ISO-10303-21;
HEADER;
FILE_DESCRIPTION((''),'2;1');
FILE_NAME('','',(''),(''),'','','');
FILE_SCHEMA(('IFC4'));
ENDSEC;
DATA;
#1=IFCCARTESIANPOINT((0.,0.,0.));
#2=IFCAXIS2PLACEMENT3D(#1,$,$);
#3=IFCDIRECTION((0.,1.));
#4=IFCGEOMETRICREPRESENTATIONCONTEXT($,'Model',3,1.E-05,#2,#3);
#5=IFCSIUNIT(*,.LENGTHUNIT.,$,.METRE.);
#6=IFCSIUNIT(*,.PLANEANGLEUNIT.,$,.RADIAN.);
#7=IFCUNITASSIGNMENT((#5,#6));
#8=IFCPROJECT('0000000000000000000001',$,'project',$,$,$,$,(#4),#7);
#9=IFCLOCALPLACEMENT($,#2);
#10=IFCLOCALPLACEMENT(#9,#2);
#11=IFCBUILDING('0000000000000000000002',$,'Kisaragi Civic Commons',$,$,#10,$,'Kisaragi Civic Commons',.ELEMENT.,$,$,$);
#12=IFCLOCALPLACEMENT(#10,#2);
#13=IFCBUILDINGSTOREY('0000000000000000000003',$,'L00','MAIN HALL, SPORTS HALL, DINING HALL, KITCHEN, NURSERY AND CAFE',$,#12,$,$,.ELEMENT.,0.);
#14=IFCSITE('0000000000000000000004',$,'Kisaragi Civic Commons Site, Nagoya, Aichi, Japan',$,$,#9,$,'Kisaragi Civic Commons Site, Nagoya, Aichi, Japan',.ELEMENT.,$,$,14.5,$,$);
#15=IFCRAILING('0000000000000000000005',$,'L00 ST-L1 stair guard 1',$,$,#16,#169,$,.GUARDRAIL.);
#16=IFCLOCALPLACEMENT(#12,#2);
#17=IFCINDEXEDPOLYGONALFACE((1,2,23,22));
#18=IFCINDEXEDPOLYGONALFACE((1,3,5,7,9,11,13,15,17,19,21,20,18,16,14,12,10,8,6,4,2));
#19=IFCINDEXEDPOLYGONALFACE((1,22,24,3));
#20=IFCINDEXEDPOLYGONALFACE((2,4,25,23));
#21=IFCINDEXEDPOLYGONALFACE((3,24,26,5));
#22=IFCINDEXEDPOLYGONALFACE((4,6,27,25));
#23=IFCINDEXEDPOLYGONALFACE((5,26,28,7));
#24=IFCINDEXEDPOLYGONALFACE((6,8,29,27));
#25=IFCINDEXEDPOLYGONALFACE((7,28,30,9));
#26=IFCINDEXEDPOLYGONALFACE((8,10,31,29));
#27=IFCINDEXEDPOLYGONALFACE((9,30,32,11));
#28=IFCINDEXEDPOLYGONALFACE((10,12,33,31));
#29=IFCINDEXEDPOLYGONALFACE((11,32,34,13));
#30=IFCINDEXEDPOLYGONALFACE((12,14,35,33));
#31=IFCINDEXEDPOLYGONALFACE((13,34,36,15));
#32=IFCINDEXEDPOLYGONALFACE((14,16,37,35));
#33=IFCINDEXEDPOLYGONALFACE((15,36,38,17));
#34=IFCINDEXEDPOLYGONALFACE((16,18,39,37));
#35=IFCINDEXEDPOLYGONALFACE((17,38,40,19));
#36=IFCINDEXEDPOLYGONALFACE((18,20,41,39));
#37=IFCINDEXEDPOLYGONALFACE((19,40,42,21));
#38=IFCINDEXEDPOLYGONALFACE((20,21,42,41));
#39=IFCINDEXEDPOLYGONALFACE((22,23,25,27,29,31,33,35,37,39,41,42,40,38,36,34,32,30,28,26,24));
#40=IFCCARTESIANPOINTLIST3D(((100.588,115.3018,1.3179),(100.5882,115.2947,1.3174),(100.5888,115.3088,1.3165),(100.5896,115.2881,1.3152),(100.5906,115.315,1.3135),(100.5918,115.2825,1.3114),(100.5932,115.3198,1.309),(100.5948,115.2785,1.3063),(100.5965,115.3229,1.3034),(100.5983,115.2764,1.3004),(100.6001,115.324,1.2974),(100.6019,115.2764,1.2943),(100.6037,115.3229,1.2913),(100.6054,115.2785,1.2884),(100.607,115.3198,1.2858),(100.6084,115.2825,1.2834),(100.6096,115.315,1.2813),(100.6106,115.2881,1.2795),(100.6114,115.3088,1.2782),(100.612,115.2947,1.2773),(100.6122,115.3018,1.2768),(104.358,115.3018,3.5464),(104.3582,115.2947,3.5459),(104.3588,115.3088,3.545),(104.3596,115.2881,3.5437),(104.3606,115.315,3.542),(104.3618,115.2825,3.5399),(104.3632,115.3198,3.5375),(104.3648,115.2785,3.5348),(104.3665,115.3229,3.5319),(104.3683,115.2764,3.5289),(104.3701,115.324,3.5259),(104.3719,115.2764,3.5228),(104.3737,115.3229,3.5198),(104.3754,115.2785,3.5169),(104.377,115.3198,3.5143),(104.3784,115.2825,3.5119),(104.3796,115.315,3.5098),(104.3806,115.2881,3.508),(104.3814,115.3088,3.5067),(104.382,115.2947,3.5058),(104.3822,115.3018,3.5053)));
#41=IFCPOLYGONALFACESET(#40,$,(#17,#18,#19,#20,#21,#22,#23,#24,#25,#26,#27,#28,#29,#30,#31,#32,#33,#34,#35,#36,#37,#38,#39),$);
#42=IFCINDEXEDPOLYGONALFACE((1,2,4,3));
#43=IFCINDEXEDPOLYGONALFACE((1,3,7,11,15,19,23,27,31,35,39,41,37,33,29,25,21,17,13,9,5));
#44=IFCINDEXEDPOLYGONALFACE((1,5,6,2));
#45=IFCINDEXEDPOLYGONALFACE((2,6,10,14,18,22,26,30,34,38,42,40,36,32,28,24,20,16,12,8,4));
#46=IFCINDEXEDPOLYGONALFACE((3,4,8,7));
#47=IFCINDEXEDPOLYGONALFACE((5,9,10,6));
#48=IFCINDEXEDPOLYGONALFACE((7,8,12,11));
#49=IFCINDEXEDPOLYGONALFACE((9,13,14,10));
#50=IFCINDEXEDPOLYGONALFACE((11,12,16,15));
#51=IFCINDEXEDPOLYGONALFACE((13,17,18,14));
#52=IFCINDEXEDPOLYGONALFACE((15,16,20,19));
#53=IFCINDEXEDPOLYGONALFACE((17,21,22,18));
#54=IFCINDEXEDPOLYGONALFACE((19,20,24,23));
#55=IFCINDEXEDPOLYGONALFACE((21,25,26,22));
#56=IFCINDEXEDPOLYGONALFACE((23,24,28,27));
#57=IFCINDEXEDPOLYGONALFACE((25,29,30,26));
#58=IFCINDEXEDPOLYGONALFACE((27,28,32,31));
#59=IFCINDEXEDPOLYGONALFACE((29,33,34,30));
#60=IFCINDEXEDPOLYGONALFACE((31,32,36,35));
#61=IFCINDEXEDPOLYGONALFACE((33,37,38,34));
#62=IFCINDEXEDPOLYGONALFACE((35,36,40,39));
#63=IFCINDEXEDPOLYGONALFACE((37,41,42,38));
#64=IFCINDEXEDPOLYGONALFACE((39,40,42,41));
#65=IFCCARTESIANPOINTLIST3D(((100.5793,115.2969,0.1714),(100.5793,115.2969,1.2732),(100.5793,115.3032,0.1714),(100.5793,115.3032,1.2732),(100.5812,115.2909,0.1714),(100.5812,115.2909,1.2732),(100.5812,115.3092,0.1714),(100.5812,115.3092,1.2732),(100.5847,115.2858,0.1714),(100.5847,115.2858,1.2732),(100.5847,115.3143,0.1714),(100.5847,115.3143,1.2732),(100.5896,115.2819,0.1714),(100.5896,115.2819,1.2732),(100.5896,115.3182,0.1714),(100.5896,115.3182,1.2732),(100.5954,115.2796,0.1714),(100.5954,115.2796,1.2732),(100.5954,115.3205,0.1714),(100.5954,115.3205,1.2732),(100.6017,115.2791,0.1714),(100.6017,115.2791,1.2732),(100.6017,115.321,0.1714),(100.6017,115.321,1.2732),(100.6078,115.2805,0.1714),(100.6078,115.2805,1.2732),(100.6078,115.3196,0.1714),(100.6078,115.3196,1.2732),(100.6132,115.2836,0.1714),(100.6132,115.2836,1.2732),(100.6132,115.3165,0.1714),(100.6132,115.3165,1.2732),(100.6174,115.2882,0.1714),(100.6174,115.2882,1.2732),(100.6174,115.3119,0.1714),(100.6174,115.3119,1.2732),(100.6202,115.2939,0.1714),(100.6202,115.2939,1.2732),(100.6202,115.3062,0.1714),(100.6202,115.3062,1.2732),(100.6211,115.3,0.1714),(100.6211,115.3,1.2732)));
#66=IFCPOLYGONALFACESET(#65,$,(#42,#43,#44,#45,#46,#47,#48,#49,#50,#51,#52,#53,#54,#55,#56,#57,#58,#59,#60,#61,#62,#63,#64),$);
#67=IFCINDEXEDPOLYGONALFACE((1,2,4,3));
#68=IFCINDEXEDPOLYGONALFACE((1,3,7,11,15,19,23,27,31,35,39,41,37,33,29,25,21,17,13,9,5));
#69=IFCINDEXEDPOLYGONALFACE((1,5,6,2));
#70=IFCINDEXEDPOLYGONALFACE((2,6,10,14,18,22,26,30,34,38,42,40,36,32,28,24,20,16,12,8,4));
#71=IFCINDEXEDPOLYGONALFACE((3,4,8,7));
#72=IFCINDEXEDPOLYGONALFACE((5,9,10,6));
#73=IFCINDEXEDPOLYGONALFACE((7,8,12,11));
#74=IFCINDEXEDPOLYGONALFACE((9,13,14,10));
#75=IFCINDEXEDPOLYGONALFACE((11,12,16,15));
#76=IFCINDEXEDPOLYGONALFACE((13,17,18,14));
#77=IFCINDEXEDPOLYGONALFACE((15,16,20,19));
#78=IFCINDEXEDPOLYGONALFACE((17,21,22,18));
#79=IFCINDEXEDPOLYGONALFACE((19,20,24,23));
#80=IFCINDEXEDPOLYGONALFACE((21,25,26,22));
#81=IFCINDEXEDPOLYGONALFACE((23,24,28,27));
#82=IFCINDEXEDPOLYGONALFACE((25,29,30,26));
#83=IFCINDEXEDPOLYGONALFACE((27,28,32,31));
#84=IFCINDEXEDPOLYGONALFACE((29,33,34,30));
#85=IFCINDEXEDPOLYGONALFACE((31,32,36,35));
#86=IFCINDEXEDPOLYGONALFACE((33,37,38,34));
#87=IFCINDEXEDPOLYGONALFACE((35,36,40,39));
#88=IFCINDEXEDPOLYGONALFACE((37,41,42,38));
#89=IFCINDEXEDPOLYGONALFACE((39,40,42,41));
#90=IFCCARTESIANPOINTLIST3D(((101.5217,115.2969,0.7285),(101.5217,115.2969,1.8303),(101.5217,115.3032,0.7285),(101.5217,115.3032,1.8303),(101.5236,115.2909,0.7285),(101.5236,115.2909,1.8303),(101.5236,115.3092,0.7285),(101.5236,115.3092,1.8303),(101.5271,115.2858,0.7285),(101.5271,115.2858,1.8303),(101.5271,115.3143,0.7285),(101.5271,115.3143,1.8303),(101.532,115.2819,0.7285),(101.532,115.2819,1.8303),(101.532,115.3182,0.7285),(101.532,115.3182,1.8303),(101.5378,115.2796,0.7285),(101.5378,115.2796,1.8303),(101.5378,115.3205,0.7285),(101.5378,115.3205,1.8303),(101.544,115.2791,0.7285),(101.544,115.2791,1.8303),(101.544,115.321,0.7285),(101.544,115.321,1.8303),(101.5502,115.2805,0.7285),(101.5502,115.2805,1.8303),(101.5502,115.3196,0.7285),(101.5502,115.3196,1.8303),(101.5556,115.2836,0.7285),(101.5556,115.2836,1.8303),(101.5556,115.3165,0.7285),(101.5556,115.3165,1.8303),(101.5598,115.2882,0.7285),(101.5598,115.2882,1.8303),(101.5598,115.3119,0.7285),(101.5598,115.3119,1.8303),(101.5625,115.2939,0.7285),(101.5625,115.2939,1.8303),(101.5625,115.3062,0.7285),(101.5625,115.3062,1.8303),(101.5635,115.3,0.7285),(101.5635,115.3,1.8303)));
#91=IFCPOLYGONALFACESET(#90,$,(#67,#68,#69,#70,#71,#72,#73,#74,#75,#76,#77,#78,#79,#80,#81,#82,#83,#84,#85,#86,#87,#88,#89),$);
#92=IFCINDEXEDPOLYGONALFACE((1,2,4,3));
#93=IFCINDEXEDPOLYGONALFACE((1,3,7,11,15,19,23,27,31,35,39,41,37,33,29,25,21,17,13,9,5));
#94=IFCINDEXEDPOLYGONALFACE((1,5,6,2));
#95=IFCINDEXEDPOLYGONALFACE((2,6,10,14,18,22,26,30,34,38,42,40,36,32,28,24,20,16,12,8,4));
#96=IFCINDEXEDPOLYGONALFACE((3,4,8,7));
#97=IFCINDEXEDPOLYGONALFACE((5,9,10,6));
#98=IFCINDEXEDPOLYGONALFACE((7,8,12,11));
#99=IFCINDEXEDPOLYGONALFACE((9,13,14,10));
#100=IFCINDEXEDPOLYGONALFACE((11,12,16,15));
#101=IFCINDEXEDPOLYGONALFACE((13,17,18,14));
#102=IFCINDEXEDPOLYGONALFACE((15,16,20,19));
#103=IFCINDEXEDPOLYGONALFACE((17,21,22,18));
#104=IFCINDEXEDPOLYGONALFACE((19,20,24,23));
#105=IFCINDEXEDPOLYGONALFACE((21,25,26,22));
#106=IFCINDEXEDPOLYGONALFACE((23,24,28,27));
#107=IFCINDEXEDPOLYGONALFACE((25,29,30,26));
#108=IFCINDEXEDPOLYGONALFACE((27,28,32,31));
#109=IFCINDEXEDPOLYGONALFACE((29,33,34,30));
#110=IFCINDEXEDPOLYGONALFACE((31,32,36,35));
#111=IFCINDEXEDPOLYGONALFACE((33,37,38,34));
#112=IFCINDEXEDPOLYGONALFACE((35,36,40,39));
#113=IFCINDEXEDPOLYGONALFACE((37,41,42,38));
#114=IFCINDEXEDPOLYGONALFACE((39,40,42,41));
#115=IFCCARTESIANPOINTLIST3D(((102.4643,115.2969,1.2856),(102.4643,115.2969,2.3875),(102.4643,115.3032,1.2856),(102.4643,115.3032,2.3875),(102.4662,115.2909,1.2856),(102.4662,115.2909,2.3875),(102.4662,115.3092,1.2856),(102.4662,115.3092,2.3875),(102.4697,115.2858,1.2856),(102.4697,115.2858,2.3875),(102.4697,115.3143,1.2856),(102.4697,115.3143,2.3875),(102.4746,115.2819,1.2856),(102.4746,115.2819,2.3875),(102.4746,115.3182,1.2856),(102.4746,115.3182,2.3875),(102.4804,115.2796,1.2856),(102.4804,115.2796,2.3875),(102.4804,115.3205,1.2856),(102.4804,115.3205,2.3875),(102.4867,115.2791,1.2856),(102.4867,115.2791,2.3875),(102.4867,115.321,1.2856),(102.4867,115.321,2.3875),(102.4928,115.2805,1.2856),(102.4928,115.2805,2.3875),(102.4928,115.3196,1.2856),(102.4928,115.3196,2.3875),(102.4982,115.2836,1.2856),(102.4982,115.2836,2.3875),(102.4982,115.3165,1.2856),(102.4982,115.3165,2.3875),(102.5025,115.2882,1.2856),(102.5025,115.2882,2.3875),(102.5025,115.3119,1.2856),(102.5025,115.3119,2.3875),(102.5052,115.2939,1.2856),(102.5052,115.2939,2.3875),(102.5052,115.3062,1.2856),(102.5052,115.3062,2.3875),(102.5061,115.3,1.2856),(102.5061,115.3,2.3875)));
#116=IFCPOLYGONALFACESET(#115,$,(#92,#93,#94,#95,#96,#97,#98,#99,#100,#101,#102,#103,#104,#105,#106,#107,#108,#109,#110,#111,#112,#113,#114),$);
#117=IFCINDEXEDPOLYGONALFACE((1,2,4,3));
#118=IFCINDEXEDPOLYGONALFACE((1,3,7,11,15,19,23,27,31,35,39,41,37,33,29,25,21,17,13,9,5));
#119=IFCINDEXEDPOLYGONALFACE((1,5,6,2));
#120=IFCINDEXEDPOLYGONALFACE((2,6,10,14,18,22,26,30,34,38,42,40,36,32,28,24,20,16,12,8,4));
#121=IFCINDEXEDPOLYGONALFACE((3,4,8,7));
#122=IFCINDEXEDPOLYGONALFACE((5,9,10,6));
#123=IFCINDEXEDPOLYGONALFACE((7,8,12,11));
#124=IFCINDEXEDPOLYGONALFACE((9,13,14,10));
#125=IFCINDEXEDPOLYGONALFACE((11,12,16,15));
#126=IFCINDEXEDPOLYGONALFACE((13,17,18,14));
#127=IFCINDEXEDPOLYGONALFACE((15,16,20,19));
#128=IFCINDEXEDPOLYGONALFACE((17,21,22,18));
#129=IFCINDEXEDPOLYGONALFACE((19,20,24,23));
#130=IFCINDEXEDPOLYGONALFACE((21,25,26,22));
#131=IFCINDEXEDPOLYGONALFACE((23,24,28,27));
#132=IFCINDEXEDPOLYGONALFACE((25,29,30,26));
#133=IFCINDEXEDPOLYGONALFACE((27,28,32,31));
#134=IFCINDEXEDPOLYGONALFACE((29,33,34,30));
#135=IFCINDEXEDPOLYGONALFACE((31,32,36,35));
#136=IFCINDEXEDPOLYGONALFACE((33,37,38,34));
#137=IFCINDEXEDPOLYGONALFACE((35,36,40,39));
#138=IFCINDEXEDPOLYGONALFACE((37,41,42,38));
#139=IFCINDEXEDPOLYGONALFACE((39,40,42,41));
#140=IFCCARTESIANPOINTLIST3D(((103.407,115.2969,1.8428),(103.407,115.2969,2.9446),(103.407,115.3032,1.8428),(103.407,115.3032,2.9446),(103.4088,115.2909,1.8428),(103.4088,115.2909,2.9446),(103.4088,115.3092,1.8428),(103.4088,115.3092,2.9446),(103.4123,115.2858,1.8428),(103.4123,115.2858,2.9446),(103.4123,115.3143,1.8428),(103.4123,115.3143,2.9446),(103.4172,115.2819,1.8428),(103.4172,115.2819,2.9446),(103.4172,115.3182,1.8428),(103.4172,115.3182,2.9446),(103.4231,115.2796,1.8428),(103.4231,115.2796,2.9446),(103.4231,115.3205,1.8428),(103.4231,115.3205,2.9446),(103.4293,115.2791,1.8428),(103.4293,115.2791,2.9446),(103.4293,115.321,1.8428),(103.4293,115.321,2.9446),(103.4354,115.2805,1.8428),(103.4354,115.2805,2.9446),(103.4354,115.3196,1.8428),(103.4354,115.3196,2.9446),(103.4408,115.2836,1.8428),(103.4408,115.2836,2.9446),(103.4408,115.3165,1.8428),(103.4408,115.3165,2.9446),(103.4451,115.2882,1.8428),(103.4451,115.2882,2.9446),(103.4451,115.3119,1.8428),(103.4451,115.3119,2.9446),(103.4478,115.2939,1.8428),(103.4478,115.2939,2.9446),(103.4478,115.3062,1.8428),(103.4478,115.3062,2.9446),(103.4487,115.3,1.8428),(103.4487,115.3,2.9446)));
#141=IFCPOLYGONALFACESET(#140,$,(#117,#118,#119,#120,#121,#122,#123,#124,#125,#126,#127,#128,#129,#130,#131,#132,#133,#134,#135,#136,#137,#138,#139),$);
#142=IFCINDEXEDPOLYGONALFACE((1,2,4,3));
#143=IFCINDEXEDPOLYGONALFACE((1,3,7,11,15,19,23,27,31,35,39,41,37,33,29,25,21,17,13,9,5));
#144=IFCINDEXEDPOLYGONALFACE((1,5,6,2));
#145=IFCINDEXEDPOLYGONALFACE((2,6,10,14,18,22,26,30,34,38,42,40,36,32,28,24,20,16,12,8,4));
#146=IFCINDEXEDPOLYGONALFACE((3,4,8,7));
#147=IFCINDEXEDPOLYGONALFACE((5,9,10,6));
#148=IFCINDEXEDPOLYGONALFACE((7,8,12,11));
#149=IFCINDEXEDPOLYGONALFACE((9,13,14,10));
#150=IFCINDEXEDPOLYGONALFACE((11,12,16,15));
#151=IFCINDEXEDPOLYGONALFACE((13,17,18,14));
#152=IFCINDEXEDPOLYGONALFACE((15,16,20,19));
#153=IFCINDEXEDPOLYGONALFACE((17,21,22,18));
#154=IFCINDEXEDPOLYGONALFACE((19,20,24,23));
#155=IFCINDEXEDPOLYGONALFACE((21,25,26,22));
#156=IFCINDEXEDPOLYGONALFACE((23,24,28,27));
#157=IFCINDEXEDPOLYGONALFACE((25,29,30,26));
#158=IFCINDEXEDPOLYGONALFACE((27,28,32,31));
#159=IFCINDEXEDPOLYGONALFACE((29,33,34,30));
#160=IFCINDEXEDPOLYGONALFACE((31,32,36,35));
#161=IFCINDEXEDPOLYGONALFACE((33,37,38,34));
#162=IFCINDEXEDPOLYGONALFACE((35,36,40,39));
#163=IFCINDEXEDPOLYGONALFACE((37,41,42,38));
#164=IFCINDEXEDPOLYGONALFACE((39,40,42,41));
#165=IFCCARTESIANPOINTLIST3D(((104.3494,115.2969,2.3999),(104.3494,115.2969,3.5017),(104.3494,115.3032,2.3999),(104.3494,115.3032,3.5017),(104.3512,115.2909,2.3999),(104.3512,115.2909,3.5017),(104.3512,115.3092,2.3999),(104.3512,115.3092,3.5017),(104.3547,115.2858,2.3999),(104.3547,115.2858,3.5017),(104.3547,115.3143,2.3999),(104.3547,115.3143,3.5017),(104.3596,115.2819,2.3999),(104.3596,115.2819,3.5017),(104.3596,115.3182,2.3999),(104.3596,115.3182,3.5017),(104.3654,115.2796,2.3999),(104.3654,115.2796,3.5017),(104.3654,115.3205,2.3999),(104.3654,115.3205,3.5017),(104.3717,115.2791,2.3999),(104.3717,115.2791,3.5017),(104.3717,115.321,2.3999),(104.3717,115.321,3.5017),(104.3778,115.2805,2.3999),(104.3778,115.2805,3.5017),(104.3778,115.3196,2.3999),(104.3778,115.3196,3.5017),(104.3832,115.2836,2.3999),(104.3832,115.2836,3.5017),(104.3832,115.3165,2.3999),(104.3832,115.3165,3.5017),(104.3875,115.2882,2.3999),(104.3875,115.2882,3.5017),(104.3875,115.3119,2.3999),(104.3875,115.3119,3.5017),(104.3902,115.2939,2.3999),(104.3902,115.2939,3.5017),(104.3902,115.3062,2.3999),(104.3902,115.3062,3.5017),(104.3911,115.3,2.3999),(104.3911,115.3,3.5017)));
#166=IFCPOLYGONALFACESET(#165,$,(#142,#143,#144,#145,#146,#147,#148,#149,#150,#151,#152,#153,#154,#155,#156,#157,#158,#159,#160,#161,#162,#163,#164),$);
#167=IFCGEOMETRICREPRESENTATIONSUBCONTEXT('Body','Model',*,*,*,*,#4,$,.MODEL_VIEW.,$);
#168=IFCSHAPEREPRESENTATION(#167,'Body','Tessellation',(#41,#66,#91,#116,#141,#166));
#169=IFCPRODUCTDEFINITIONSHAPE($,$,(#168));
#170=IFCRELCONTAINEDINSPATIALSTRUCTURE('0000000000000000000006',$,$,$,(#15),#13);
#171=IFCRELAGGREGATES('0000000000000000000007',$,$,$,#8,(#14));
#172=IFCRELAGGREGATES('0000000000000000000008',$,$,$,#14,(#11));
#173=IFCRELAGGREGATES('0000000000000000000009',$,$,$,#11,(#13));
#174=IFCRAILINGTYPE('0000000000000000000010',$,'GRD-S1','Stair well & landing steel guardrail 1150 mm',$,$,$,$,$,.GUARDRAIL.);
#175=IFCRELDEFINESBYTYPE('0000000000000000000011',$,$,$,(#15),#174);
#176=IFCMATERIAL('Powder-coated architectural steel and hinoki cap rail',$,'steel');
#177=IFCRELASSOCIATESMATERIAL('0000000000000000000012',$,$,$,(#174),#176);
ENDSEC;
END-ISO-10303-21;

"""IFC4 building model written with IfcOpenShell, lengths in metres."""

from ifc_helpers import new_model, si_unit, direction, frame, origin, origin_2d, place, context, subcontext, project, spatial, circle, extrude, material, type_object, element, save


model = new_model("IFC4")

# Units and contexts
model_context = context("Model", 3, precision=1e-05, world=origin(), true_north=direction((0.0, 1.0)))
body_context = subcontext(model_context, "Body", "Model", "MODEL_VIEW")
ifc_project = project(units=[si_unit("LENGTHUNIT", "METRE"), si_unit("PLANEANGLEUNIT", "RADIAN")], contexts=[model_context])

# Site, building, storey
site_placement = place(None, origin())
site = spatial("IfcSite", under=ifc_project, at=site_placement, Name="Kisaragi Civic Commons Site, Nagoya, Aichi, Japan", LongName="Kisaragi Civic Commons Site, Nagoya, Aichi, Japan", CompositionType="ELEMENT", RefElevation=14.5)
building_placement = place(site_placement, origin())
building = spatial("IfcBuilding", under=site, at=building_placement, Name="Kisaragi Civic Commons", LongName="Kisaragi Civic Commons", CompositionType="ELEMENT")
storey_placement = place(building_placement, origin())
storey = spatial("IfcBuildingStorey", under=building, at=storey_placement, Name="L00", Description="MAIN HALL, SPORTS HALL, DINING HALL, KITCHEN, NURSERY AND CAFE", CompositionType="ELEMENT", Elevation=0.0)

# Railing
ifc_material_1 = material(Name="Powder-coated architectural steel and hinoki cap rail", Category="steel")
railing_type_1 = type_object("IfcRailingType", Name="GRD-S1", Description="Stair well & landing steel guardrail 1150 mm", PredefinedType="GUARDRAIL", material=ifc_material_1)
railing_1_placement = place(storey_placement, frame((100.6001, 115.3, 0.1714)))
element("IfcRailing", 1, at=railing_1_placement, inside=storey, type_object=railing_type_1, Name="L00 ST-L1 stair guard 1", PredefinedType="GUARDRAIL", context=body_context, shape_type="SweptSolid", body=[
    extrude(circle(Radius=0.0239, at=origin_2d()), frame((0.0, 0.0, 1.126), z_axis=(0.860849, 0.0, 0.508861), x_axis=(0.0, 1.0, 0.0)), (0.0, 0.0, 1.0), 4.3794),
    extrude(circle(Radius=0.021, at=origin_2d()), origin(), (0.0, 0.0, 1.0), 1.1018),
    extrude(circle(Radius=0.021, at=origin_2d()), frame((0.9424, 0.0, 0.5571)), (0.0, 0.0, 1.0), 1.1018),
    extrude(circle(Radius=0.021, at=origin_2d()), frame((1.885, 0.0, 1.1143)), (0.0, 0.0, 1.0), 1.1018),
    extrude(circle(Radius=0.021, at=origin_2d()), frame((2.8276, 0.0, 1.6714)), (0.0, 0.0, 1.0), 1.1018),
    extrude(circle(Radius=0.021, at=origin_2d()), frame((3.77, 0.0, 2.2285)), (0.0, 0.0, 1.0), 1.1018),
])

save(model, "model.ifc")
